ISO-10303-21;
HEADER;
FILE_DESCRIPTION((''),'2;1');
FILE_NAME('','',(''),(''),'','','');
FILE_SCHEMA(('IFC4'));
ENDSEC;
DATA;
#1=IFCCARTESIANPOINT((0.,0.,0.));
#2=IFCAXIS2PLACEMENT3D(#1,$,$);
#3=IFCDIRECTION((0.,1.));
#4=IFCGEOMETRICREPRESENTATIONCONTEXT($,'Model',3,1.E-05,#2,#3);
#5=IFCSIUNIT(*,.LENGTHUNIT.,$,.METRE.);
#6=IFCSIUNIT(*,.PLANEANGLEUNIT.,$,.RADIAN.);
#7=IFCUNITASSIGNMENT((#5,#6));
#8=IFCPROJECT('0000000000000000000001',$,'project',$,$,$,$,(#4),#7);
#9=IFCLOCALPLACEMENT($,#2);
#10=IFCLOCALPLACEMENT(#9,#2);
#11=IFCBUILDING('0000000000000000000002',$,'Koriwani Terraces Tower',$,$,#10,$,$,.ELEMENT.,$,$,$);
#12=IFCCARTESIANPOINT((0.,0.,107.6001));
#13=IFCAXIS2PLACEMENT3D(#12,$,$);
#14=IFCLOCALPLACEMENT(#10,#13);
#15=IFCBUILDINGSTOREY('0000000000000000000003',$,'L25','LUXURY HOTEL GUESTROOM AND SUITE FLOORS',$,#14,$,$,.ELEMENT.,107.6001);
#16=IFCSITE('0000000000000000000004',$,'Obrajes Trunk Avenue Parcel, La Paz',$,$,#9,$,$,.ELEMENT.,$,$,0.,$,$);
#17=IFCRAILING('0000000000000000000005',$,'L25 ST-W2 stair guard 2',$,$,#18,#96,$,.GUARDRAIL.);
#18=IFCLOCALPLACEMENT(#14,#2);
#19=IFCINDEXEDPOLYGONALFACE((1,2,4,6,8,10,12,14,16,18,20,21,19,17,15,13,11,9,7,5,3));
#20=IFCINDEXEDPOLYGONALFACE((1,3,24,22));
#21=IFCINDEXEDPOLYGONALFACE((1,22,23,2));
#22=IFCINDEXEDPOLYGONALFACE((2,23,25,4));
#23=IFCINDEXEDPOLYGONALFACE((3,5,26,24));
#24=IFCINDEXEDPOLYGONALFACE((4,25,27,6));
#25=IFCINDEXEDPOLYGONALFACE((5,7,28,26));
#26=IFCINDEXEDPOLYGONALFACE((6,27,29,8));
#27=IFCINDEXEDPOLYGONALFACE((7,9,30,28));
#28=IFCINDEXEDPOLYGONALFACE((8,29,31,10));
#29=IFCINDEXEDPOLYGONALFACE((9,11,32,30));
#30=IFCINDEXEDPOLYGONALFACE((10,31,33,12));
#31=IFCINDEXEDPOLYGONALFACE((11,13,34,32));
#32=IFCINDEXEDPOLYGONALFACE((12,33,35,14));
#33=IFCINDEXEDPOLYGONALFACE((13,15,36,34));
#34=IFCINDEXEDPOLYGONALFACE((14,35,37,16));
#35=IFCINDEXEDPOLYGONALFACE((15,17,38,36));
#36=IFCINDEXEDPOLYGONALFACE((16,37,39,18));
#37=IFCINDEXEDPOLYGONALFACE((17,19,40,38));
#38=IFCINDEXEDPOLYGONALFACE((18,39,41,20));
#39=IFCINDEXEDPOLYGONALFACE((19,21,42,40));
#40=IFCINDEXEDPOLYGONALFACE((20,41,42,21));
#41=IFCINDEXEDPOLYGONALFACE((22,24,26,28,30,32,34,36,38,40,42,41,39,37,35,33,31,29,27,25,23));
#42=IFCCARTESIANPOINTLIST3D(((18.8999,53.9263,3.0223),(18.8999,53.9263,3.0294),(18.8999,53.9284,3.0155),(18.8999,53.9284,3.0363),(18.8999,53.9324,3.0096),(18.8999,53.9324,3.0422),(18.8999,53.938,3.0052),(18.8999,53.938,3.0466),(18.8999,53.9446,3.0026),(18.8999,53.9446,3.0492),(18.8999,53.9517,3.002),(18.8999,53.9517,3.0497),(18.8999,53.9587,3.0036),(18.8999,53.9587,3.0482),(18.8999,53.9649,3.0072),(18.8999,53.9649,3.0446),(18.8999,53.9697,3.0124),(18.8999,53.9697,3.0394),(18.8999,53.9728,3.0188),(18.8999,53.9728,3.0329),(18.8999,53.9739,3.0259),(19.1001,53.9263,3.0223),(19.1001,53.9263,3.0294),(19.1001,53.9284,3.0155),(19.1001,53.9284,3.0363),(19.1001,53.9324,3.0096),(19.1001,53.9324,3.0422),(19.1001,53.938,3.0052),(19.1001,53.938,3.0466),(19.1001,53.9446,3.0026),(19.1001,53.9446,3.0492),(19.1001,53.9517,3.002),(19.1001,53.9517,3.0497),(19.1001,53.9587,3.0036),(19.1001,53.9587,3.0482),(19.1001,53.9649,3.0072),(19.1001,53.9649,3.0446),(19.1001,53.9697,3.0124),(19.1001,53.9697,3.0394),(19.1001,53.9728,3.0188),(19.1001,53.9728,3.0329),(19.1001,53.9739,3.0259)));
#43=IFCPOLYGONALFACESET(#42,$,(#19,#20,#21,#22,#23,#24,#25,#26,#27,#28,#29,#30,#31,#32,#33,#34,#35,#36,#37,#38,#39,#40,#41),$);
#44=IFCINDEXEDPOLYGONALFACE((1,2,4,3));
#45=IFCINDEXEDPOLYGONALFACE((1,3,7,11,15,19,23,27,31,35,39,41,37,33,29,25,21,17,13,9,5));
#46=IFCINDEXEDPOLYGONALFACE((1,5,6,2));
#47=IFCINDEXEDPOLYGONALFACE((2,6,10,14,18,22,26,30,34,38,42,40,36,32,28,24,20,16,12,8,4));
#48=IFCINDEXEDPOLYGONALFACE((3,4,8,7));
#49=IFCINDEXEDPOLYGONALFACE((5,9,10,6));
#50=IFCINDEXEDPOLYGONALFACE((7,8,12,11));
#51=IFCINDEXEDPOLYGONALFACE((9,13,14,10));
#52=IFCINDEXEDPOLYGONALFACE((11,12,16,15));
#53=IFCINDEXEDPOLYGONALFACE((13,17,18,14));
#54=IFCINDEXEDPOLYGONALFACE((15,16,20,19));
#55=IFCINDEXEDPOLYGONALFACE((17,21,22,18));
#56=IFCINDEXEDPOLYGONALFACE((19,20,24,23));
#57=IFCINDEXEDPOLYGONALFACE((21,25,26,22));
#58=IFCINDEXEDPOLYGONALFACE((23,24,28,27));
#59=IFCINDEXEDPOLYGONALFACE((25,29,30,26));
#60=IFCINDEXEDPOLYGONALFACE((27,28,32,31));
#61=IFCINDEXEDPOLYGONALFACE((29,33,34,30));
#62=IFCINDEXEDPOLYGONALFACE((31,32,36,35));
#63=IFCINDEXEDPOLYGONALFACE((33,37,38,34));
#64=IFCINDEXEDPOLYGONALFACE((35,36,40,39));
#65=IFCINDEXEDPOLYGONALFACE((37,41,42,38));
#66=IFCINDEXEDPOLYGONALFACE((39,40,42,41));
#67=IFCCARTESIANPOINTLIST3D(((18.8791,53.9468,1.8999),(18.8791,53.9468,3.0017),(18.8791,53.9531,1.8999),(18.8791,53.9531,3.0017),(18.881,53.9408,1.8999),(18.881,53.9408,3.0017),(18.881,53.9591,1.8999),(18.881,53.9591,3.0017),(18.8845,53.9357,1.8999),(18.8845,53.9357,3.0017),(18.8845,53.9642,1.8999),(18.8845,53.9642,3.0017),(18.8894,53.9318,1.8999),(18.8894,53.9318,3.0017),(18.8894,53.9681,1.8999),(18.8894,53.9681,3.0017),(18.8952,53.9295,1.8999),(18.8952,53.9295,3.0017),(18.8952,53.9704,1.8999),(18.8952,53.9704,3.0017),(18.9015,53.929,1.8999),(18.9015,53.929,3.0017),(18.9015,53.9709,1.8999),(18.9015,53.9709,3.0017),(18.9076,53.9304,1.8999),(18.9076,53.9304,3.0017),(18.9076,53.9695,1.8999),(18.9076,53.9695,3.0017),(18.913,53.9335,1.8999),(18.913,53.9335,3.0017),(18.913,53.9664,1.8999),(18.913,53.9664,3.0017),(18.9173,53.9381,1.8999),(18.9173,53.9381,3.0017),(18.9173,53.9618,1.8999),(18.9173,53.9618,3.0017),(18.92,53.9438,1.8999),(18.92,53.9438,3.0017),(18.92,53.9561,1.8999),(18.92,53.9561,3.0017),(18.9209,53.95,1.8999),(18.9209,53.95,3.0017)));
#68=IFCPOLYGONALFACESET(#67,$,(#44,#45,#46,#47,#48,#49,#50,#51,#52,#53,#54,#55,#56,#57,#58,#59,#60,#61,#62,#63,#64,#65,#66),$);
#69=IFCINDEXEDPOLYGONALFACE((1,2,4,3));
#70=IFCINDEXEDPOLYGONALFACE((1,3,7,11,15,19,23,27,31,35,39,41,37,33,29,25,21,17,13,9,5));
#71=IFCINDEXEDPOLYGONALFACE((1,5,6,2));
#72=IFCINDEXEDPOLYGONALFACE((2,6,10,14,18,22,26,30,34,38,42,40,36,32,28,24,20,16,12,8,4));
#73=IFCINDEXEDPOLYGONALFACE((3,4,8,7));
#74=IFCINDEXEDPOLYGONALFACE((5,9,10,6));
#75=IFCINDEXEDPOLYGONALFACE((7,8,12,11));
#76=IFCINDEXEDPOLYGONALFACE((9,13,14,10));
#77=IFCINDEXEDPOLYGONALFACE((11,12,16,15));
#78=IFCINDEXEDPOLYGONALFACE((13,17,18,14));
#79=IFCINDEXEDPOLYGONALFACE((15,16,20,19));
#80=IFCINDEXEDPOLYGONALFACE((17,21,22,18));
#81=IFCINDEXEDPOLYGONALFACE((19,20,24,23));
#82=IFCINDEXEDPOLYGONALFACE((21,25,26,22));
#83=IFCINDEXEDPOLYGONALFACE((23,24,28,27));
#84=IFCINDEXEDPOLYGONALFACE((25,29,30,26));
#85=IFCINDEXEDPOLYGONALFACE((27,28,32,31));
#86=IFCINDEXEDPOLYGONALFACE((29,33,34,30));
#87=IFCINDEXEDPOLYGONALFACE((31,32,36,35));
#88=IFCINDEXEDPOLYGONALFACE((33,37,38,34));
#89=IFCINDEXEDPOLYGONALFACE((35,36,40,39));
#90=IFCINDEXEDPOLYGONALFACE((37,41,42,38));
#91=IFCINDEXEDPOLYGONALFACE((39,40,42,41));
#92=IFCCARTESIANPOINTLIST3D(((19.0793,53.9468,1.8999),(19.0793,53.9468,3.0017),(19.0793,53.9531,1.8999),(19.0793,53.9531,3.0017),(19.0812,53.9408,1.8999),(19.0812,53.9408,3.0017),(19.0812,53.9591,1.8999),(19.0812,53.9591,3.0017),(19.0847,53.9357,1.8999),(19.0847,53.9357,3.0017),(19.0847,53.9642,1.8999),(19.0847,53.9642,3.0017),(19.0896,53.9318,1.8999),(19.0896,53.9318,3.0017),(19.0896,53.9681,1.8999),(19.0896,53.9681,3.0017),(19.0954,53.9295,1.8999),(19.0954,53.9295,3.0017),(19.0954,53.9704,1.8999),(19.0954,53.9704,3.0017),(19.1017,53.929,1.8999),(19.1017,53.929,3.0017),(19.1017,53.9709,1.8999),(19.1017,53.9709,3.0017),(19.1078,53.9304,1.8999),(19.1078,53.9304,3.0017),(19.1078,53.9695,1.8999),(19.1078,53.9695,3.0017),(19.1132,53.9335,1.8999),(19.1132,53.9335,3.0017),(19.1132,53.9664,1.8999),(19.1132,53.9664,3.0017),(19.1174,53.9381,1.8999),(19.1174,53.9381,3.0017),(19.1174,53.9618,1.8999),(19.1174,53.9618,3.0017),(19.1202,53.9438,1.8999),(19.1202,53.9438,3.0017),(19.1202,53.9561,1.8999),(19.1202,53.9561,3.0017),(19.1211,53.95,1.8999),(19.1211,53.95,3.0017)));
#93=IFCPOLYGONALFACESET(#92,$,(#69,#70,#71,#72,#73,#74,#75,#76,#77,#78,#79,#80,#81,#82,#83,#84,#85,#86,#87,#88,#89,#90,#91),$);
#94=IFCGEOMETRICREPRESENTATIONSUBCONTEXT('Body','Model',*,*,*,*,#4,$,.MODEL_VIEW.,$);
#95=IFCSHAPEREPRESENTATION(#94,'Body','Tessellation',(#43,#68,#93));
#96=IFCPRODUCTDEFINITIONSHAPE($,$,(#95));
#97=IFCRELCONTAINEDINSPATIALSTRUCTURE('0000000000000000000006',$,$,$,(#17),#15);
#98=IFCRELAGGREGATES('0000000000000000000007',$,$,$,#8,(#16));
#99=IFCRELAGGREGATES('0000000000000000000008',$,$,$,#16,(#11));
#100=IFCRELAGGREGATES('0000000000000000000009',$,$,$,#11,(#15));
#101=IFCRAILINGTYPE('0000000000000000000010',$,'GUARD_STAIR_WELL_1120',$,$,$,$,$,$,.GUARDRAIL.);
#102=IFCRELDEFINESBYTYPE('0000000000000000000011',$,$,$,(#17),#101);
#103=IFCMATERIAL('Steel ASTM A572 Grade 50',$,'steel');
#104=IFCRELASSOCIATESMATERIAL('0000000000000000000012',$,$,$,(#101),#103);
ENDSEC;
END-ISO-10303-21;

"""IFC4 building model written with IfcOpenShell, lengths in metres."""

from ifc_helpers import new_model, si_unit, direction, frame, origin, origin_2d, place, context, subcontext, project, spatial, circle, extrude, material, type_object, element, save


model = new_model("IFC4")

# Units and contexts
model_context = context("Model", 3, precision=1e-05, world=origin(), true_north=direction((0.0, 1.0)))
body_context = subcontext(model_context, "Body", "Model", "MODEL_VIEW")
ifc_project = project(units=[si_unit("LENGTHUNIT", "METRE"), si_unit("PLANEANGLEUNIT", "RADIAN")], contexts=[model_context])

# Site, building, storey
site_placement = place(None, origin())
site = spatial("IfcSite", under=ifc_project, at=site_placement, Name="Obrajes Trunk Avenue Parcel, La Paz", CompositionType="ELEMENT", RefElevation=0.0)
building_placement = place(site_placement, origin())
building = spatial("IfcBuilding", under=site, at=building_placement, Name="Koriwani Terraces Tower", CompositionType="ELEMENT")
storey_placement = place(building_placement, frame((0.0, 0.0, 107.6001)))
storey = spatial("IfcBuildingStorey", under=building, at=storey_placement, Name="L25", Description="LUXURY HOTEL GUESTROOM AND SUITE FLOORS", CompositionType="ELEMENT", Elevation=107.6001)

# Shared definitions
ifc_material_1 = material(Name="Steel ASTM A572 Grade 50", Category="steel")

# Railing
railing_type_1 = type_object("IfcRailingType", Name="GUARD_STAIR_WELL_1120", PredefinedType="GUARDRAIL", material=ifc_material_1)
railing_1_placement = place(storey_placement, frame((18.8999, 53.95, 1.8999)))
element("IfcRailing", 1, at=railing_1_placement, inside=storey, type_object=railing_type_1, Name="L25 ST-W2 stair guard 2", PredefinedType="GUARDRAIL", context=body_context, shape_type="SweptSolid", body=[
    extrude(circle(Radius=0.0239, at=origin_2d()), frame((0.0, 0.0, 1.126), z_axis=(1.0, 0.0, 0.0), x_axis=(0.0, 1.0, 0.0)), (0.0, 0.0, 1.0), 0.2002),
    extrude(circle(Radius=0.021, at=origin_2d()), origin(), (0.0, 0.0, 1.0), 1.1018),
    extrude(circle(Radius=0.021, at=origin_2d()), frame((0.2002, 0.0, 0.0)), (0.0, 0.0, 1.0), 1.1018),
])

save(model, "model.ifc")
